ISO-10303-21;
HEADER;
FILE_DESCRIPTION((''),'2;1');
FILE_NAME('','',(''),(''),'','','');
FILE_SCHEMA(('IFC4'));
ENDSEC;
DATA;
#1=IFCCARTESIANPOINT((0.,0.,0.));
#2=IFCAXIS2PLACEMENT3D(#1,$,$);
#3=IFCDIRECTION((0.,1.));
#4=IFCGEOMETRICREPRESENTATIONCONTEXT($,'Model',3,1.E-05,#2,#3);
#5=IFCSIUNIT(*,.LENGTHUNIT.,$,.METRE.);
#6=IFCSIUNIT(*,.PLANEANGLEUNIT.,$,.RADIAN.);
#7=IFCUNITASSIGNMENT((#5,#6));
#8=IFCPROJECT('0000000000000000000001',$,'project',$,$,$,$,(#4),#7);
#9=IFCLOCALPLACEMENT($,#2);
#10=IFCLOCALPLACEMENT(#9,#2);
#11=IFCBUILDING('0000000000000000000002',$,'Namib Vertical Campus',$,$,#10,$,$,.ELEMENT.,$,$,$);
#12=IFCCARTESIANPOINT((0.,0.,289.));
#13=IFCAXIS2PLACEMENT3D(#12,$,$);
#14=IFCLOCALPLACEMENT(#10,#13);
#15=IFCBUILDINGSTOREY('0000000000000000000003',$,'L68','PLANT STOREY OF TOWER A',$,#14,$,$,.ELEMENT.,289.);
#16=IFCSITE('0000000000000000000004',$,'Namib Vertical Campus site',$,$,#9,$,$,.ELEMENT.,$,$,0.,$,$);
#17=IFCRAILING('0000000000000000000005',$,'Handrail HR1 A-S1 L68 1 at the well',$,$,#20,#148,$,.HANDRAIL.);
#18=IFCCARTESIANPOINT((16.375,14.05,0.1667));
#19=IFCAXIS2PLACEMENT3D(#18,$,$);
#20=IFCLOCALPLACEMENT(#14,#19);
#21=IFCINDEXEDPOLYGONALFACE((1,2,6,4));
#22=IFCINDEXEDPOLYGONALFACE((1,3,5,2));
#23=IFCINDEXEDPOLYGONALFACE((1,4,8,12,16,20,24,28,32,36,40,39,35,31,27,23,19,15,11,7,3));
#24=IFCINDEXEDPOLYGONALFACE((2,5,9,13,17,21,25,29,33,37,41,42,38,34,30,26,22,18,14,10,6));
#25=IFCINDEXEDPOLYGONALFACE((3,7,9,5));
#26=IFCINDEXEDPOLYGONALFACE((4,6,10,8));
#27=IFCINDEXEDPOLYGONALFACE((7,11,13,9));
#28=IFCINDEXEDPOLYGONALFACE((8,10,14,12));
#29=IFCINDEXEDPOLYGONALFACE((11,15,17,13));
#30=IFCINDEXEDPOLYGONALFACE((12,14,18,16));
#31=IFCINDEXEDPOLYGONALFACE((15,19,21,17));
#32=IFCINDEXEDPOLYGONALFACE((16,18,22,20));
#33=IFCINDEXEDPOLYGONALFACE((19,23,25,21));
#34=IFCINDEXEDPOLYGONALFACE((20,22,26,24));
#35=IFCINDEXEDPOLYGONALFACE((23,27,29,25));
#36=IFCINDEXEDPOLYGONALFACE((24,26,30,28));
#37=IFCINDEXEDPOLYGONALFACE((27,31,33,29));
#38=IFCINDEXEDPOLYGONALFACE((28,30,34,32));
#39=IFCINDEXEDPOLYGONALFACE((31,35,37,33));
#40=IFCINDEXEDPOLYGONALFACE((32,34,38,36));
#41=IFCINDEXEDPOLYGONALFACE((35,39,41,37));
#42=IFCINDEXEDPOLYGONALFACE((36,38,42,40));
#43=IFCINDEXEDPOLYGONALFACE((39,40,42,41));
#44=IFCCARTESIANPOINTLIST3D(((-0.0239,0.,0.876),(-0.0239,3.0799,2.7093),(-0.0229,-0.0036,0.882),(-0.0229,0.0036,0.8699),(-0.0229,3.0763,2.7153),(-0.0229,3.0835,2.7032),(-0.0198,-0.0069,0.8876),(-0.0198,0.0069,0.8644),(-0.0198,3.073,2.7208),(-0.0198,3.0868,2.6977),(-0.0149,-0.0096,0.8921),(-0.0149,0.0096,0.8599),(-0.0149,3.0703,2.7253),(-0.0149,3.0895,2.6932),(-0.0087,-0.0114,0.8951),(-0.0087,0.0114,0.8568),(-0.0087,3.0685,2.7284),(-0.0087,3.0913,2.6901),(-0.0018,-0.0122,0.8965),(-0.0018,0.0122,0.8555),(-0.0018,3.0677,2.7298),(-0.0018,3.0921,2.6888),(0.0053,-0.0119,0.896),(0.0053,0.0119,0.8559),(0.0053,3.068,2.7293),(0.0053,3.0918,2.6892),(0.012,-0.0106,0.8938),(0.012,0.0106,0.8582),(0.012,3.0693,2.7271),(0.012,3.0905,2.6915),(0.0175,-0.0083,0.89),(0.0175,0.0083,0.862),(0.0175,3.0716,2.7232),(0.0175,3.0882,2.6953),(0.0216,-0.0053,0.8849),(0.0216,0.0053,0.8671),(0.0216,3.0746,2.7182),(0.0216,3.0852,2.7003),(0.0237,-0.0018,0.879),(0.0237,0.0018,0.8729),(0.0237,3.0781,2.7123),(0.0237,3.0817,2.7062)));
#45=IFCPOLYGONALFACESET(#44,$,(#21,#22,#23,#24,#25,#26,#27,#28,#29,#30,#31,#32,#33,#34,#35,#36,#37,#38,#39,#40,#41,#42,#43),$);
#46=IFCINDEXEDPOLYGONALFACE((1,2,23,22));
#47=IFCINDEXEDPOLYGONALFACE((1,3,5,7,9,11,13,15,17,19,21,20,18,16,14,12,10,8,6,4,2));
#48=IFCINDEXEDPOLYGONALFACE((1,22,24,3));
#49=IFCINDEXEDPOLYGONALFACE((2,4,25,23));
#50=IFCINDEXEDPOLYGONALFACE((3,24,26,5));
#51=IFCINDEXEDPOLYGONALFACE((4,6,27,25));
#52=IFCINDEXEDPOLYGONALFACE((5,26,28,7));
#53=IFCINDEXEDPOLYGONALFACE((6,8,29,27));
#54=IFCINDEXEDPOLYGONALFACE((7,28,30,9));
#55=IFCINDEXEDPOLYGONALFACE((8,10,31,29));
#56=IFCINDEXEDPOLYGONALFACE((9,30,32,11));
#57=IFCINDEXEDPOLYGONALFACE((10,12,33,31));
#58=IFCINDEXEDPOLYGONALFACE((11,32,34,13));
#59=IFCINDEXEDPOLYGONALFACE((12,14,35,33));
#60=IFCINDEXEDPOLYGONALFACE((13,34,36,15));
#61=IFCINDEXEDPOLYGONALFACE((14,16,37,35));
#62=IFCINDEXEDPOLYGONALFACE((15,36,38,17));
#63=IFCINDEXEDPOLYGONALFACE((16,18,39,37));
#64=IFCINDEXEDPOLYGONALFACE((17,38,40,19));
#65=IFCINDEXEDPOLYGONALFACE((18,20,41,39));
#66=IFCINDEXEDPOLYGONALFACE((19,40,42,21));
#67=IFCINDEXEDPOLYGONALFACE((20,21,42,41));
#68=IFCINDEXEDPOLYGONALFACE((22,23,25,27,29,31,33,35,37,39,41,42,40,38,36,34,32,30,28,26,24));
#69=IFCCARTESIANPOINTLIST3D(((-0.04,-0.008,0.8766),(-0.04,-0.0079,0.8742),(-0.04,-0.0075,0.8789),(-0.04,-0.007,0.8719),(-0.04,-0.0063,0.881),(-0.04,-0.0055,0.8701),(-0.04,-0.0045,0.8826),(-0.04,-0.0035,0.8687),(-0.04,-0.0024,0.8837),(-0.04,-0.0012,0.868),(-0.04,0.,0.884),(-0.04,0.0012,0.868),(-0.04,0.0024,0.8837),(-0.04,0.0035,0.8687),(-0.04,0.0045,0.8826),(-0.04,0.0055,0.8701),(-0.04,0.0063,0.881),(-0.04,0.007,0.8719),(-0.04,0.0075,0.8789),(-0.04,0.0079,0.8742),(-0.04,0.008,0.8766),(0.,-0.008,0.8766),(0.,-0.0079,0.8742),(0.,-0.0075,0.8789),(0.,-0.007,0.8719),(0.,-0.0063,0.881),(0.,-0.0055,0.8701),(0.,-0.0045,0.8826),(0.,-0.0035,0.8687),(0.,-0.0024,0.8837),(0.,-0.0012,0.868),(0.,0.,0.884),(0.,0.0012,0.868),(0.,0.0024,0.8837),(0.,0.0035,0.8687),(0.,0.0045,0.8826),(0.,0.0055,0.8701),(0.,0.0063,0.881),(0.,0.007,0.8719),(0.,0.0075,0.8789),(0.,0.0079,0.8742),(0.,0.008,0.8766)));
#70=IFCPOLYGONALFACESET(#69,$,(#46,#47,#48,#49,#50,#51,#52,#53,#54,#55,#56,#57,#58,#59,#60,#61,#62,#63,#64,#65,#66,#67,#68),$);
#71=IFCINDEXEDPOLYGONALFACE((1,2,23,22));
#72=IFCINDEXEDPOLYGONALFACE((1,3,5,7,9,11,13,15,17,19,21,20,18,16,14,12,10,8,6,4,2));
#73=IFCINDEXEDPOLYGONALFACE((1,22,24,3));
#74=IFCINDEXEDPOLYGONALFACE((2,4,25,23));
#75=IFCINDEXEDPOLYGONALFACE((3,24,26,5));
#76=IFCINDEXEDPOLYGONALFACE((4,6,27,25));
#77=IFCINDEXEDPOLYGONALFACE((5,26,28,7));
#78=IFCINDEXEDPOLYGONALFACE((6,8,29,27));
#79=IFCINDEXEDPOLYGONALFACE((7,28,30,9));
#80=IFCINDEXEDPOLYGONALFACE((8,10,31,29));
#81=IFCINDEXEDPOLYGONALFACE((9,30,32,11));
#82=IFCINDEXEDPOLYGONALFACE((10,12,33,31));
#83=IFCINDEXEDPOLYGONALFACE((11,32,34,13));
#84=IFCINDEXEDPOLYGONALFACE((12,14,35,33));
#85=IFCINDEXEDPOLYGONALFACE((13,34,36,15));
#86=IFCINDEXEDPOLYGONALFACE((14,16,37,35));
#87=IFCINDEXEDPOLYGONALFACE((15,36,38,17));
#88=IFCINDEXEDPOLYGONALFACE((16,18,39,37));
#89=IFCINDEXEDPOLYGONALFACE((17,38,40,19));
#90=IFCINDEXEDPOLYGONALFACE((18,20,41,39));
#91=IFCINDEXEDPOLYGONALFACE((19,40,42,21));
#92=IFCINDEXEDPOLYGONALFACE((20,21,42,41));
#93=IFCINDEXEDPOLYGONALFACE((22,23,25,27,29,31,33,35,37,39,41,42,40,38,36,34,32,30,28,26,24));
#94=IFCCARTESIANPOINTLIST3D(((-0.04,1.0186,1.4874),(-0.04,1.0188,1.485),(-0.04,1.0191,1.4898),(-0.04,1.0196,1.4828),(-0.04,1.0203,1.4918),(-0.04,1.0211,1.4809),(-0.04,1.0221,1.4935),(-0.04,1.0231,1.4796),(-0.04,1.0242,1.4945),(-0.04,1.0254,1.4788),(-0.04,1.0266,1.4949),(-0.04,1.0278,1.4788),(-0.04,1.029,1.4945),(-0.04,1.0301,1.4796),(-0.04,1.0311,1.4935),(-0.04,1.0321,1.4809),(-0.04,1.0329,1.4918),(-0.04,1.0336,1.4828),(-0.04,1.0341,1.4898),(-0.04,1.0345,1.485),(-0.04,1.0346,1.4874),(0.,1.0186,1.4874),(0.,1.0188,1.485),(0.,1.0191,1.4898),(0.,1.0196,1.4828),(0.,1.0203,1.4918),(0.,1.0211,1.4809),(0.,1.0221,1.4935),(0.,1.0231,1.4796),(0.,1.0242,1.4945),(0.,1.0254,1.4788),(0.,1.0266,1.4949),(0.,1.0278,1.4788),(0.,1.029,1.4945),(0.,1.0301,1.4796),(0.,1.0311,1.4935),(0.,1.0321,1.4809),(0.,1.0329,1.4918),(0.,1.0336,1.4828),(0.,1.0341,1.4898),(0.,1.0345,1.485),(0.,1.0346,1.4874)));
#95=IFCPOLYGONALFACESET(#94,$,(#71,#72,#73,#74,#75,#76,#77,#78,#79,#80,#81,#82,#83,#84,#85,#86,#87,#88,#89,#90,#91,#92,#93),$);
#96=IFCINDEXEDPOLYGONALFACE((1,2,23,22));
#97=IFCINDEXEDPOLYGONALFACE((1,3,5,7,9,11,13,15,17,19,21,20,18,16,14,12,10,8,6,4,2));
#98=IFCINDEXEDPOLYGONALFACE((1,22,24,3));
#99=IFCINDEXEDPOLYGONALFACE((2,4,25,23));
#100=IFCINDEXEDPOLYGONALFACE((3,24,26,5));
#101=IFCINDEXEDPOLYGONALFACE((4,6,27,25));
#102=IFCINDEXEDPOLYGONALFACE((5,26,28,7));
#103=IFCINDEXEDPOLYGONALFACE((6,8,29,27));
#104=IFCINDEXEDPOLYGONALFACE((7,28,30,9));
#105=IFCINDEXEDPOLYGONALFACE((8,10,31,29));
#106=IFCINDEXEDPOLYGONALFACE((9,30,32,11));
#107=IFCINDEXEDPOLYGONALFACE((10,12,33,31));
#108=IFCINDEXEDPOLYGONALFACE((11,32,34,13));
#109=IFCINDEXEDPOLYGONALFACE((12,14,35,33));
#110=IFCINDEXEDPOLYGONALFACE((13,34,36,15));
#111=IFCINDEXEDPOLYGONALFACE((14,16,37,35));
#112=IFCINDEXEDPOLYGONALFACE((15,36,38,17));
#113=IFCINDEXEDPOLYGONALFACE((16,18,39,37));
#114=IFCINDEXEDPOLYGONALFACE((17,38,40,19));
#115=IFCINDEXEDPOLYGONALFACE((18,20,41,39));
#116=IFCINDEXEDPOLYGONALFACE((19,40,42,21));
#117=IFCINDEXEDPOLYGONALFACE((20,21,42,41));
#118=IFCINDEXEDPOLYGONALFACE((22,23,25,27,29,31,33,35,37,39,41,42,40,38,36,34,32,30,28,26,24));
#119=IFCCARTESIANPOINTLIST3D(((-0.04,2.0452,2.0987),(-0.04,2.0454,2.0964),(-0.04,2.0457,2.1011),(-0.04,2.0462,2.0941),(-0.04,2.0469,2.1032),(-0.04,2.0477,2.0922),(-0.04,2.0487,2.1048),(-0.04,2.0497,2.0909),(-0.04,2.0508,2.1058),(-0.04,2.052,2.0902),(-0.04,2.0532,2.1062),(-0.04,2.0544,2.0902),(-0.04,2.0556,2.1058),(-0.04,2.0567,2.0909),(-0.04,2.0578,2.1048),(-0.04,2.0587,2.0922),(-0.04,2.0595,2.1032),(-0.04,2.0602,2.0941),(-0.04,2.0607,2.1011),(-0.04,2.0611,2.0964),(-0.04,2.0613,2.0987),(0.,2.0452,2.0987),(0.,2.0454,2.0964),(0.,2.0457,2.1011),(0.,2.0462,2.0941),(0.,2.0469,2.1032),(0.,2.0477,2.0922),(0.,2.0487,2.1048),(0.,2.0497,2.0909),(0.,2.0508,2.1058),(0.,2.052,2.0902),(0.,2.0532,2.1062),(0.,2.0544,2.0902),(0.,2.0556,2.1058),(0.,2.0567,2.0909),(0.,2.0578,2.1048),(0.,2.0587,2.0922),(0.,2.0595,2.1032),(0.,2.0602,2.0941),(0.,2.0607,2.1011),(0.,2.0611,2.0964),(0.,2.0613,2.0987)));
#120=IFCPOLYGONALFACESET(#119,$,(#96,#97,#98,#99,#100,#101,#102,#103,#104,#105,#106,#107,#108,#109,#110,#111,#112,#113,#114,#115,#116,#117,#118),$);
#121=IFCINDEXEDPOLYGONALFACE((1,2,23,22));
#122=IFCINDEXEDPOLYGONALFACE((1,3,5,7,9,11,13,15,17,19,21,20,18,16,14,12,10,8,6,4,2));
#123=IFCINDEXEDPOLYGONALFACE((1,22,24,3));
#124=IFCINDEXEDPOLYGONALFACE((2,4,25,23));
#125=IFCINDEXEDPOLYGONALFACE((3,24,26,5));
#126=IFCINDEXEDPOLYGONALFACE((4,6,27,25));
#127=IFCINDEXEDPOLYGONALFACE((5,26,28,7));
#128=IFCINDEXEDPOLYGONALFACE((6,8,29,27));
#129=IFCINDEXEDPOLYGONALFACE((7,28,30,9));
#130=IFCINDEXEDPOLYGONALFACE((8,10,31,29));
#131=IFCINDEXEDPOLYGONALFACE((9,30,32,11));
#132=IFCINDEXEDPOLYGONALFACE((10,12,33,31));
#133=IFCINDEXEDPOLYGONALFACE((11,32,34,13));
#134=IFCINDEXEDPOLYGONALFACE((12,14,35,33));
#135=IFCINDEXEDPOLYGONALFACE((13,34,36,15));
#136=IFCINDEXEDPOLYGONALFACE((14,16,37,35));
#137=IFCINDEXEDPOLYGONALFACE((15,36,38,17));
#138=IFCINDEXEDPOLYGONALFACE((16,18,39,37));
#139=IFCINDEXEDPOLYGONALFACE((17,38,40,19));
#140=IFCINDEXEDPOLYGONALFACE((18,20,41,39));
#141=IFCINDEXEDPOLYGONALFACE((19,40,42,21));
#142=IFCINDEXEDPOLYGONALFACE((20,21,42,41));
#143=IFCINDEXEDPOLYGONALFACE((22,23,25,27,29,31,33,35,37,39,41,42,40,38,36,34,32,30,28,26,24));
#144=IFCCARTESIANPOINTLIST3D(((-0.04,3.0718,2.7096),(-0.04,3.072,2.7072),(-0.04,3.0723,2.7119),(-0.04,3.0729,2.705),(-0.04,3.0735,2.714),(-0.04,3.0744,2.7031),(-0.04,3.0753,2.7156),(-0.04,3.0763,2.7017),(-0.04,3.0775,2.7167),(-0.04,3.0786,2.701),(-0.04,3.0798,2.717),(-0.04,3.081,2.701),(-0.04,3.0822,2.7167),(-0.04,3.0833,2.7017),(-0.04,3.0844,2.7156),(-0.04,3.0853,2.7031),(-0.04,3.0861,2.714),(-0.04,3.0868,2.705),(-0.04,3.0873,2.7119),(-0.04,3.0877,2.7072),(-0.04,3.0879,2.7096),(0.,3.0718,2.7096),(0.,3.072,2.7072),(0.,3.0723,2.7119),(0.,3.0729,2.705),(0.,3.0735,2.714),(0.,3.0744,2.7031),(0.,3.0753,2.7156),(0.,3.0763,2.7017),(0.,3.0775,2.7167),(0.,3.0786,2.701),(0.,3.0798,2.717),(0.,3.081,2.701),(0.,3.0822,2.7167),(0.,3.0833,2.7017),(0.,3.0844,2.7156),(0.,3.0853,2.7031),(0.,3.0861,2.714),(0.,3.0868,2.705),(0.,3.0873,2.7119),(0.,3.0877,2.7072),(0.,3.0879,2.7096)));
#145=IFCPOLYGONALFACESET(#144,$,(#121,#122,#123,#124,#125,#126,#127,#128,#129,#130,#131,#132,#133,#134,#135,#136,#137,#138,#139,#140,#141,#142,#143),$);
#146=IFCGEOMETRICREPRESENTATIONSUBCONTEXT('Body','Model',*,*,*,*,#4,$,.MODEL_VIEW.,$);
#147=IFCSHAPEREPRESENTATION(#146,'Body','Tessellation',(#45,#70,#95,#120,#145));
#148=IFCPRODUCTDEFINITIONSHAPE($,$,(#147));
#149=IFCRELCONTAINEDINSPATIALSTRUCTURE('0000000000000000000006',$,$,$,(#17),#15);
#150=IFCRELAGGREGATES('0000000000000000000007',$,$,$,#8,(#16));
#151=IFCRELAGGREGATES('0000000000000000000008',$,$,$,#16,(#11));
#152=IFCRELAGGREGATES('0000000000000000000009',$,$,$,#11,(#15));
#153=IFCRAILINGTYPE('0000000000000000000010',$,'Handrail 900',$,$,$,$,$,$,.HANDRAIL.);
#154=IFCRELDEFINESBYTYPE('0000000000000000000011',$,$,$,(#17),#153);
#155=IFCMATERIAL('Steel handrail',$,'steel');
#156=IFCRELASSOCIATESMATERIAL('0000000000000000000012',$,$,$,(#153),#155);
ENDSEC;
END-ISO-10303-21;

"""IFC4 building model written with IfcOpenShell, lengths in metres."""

from ifc_helpers import new_model, si_unit, direction, frame, origin, origin_2d, place, context, subcontext, project, spatial, circle, extrude, material, type_object, element, save


model = new_model("IFC4")

# Units and contexts
model_context = context("Model", 3, precision=1e-05, world=origin(), true_north=direction((0.0, 1.0)))
body_context = subcontext(model_context, "Body", "Model", "MODEL_VIEW")
ifc_project = project(units=[si_unit("LENGTHUNIT", "METRE"), si_unit("PLANEANGLEUNIT", "RADIAN")], contexts=[model_context])

# Site, building, storey
site_placement = place(None, origin())
site = spatial("IfcSite", under=ifc_project, at=site_placement, Name="Namib Vertical Campus site", CompositionType="ELEMENT", RefElevation=0.0)
building_placement = place(site_placement, origin())
building = spatial("IfcBuilding", under=site, at=building_placement, Name="Namib Vertical Campus", CompositionType="ELEMENT")
storey_placement = place(building_placement, frame((0.0, 0.0, 289.0)))
storey = spatial("IfcBuildingStorey", under=building, at=storey_placement, Name="L68", Description="PLANT STOREY OF TOWER A", CompositionType="ELEMENT", Elevation=289.0)

# Railing
ifc_material_1 = material(Name="Steel handrail", Category="steel")
railing_type_1 = type_object("IfcRailingType", Name="Handrail 900", PredefinedType="HANDRAIL", material=ifc_material_1)
railing_1_placement = place(storey_placement, frame((16.375, 14.05, 0.1667)))
element("IfcRailing", 1, at=railing_1_placement, inside=storey, type_object=railing_type_1, Name="Handrail HR1 A-S1 L68 1 at the well", PredefinedType="HANDRAIL", context=body_context, shape_type="SweptSolid", body=[
    extrude(circle(Radius=0.0239, at=origin_2d()), frame((0.0, 0.0, 0.876), z_axis=(0.0, 0.859291, 0.511487), x_axis=(-1.0, 0.0, 0.0)), (0.0, 0.0, 1.0), 3.5842),
    extrude(circle(Radius=0.0081, at=origin_2d()), frame((0.0, 0.0, 0.876), z_axis=(-1.0, 0.0, 0.0), x_axis=(0.0, 0.0, 1.0)), (0.0, 0.0, 1.0), 0.04),
    extrude(circle(Radius=0.0081, at=origin_2d()), frame((0.0, 1.0266, 1.4868), z_axis=(-1.0, 0.0, 0.0), x_axis=(0.0, 0.0, 1.0)), (0.0, 0.0, 1.0), 0.04),
    extrude(circle(Radius=0.0081, at=origin_2d()), frame((0.0, 2.0532, 2.0981), z_axis=(-1.0, 0.0, 0.0), x_axis=(0.0, 0.0, 1.0)), (0.0, 0.0, 1.0), 0.04),
    extrude(circle(Radius=0.0081, at=origin_2d()), frame((0.0, 3.0798, 2.709), z_axis=(-1.0, 0.0, 0.0), x_axis=(0.0, 0.0, 1.0)), (0.0, 0.0, 1.0), 0.04),
])

save(model, "model.ifc")
